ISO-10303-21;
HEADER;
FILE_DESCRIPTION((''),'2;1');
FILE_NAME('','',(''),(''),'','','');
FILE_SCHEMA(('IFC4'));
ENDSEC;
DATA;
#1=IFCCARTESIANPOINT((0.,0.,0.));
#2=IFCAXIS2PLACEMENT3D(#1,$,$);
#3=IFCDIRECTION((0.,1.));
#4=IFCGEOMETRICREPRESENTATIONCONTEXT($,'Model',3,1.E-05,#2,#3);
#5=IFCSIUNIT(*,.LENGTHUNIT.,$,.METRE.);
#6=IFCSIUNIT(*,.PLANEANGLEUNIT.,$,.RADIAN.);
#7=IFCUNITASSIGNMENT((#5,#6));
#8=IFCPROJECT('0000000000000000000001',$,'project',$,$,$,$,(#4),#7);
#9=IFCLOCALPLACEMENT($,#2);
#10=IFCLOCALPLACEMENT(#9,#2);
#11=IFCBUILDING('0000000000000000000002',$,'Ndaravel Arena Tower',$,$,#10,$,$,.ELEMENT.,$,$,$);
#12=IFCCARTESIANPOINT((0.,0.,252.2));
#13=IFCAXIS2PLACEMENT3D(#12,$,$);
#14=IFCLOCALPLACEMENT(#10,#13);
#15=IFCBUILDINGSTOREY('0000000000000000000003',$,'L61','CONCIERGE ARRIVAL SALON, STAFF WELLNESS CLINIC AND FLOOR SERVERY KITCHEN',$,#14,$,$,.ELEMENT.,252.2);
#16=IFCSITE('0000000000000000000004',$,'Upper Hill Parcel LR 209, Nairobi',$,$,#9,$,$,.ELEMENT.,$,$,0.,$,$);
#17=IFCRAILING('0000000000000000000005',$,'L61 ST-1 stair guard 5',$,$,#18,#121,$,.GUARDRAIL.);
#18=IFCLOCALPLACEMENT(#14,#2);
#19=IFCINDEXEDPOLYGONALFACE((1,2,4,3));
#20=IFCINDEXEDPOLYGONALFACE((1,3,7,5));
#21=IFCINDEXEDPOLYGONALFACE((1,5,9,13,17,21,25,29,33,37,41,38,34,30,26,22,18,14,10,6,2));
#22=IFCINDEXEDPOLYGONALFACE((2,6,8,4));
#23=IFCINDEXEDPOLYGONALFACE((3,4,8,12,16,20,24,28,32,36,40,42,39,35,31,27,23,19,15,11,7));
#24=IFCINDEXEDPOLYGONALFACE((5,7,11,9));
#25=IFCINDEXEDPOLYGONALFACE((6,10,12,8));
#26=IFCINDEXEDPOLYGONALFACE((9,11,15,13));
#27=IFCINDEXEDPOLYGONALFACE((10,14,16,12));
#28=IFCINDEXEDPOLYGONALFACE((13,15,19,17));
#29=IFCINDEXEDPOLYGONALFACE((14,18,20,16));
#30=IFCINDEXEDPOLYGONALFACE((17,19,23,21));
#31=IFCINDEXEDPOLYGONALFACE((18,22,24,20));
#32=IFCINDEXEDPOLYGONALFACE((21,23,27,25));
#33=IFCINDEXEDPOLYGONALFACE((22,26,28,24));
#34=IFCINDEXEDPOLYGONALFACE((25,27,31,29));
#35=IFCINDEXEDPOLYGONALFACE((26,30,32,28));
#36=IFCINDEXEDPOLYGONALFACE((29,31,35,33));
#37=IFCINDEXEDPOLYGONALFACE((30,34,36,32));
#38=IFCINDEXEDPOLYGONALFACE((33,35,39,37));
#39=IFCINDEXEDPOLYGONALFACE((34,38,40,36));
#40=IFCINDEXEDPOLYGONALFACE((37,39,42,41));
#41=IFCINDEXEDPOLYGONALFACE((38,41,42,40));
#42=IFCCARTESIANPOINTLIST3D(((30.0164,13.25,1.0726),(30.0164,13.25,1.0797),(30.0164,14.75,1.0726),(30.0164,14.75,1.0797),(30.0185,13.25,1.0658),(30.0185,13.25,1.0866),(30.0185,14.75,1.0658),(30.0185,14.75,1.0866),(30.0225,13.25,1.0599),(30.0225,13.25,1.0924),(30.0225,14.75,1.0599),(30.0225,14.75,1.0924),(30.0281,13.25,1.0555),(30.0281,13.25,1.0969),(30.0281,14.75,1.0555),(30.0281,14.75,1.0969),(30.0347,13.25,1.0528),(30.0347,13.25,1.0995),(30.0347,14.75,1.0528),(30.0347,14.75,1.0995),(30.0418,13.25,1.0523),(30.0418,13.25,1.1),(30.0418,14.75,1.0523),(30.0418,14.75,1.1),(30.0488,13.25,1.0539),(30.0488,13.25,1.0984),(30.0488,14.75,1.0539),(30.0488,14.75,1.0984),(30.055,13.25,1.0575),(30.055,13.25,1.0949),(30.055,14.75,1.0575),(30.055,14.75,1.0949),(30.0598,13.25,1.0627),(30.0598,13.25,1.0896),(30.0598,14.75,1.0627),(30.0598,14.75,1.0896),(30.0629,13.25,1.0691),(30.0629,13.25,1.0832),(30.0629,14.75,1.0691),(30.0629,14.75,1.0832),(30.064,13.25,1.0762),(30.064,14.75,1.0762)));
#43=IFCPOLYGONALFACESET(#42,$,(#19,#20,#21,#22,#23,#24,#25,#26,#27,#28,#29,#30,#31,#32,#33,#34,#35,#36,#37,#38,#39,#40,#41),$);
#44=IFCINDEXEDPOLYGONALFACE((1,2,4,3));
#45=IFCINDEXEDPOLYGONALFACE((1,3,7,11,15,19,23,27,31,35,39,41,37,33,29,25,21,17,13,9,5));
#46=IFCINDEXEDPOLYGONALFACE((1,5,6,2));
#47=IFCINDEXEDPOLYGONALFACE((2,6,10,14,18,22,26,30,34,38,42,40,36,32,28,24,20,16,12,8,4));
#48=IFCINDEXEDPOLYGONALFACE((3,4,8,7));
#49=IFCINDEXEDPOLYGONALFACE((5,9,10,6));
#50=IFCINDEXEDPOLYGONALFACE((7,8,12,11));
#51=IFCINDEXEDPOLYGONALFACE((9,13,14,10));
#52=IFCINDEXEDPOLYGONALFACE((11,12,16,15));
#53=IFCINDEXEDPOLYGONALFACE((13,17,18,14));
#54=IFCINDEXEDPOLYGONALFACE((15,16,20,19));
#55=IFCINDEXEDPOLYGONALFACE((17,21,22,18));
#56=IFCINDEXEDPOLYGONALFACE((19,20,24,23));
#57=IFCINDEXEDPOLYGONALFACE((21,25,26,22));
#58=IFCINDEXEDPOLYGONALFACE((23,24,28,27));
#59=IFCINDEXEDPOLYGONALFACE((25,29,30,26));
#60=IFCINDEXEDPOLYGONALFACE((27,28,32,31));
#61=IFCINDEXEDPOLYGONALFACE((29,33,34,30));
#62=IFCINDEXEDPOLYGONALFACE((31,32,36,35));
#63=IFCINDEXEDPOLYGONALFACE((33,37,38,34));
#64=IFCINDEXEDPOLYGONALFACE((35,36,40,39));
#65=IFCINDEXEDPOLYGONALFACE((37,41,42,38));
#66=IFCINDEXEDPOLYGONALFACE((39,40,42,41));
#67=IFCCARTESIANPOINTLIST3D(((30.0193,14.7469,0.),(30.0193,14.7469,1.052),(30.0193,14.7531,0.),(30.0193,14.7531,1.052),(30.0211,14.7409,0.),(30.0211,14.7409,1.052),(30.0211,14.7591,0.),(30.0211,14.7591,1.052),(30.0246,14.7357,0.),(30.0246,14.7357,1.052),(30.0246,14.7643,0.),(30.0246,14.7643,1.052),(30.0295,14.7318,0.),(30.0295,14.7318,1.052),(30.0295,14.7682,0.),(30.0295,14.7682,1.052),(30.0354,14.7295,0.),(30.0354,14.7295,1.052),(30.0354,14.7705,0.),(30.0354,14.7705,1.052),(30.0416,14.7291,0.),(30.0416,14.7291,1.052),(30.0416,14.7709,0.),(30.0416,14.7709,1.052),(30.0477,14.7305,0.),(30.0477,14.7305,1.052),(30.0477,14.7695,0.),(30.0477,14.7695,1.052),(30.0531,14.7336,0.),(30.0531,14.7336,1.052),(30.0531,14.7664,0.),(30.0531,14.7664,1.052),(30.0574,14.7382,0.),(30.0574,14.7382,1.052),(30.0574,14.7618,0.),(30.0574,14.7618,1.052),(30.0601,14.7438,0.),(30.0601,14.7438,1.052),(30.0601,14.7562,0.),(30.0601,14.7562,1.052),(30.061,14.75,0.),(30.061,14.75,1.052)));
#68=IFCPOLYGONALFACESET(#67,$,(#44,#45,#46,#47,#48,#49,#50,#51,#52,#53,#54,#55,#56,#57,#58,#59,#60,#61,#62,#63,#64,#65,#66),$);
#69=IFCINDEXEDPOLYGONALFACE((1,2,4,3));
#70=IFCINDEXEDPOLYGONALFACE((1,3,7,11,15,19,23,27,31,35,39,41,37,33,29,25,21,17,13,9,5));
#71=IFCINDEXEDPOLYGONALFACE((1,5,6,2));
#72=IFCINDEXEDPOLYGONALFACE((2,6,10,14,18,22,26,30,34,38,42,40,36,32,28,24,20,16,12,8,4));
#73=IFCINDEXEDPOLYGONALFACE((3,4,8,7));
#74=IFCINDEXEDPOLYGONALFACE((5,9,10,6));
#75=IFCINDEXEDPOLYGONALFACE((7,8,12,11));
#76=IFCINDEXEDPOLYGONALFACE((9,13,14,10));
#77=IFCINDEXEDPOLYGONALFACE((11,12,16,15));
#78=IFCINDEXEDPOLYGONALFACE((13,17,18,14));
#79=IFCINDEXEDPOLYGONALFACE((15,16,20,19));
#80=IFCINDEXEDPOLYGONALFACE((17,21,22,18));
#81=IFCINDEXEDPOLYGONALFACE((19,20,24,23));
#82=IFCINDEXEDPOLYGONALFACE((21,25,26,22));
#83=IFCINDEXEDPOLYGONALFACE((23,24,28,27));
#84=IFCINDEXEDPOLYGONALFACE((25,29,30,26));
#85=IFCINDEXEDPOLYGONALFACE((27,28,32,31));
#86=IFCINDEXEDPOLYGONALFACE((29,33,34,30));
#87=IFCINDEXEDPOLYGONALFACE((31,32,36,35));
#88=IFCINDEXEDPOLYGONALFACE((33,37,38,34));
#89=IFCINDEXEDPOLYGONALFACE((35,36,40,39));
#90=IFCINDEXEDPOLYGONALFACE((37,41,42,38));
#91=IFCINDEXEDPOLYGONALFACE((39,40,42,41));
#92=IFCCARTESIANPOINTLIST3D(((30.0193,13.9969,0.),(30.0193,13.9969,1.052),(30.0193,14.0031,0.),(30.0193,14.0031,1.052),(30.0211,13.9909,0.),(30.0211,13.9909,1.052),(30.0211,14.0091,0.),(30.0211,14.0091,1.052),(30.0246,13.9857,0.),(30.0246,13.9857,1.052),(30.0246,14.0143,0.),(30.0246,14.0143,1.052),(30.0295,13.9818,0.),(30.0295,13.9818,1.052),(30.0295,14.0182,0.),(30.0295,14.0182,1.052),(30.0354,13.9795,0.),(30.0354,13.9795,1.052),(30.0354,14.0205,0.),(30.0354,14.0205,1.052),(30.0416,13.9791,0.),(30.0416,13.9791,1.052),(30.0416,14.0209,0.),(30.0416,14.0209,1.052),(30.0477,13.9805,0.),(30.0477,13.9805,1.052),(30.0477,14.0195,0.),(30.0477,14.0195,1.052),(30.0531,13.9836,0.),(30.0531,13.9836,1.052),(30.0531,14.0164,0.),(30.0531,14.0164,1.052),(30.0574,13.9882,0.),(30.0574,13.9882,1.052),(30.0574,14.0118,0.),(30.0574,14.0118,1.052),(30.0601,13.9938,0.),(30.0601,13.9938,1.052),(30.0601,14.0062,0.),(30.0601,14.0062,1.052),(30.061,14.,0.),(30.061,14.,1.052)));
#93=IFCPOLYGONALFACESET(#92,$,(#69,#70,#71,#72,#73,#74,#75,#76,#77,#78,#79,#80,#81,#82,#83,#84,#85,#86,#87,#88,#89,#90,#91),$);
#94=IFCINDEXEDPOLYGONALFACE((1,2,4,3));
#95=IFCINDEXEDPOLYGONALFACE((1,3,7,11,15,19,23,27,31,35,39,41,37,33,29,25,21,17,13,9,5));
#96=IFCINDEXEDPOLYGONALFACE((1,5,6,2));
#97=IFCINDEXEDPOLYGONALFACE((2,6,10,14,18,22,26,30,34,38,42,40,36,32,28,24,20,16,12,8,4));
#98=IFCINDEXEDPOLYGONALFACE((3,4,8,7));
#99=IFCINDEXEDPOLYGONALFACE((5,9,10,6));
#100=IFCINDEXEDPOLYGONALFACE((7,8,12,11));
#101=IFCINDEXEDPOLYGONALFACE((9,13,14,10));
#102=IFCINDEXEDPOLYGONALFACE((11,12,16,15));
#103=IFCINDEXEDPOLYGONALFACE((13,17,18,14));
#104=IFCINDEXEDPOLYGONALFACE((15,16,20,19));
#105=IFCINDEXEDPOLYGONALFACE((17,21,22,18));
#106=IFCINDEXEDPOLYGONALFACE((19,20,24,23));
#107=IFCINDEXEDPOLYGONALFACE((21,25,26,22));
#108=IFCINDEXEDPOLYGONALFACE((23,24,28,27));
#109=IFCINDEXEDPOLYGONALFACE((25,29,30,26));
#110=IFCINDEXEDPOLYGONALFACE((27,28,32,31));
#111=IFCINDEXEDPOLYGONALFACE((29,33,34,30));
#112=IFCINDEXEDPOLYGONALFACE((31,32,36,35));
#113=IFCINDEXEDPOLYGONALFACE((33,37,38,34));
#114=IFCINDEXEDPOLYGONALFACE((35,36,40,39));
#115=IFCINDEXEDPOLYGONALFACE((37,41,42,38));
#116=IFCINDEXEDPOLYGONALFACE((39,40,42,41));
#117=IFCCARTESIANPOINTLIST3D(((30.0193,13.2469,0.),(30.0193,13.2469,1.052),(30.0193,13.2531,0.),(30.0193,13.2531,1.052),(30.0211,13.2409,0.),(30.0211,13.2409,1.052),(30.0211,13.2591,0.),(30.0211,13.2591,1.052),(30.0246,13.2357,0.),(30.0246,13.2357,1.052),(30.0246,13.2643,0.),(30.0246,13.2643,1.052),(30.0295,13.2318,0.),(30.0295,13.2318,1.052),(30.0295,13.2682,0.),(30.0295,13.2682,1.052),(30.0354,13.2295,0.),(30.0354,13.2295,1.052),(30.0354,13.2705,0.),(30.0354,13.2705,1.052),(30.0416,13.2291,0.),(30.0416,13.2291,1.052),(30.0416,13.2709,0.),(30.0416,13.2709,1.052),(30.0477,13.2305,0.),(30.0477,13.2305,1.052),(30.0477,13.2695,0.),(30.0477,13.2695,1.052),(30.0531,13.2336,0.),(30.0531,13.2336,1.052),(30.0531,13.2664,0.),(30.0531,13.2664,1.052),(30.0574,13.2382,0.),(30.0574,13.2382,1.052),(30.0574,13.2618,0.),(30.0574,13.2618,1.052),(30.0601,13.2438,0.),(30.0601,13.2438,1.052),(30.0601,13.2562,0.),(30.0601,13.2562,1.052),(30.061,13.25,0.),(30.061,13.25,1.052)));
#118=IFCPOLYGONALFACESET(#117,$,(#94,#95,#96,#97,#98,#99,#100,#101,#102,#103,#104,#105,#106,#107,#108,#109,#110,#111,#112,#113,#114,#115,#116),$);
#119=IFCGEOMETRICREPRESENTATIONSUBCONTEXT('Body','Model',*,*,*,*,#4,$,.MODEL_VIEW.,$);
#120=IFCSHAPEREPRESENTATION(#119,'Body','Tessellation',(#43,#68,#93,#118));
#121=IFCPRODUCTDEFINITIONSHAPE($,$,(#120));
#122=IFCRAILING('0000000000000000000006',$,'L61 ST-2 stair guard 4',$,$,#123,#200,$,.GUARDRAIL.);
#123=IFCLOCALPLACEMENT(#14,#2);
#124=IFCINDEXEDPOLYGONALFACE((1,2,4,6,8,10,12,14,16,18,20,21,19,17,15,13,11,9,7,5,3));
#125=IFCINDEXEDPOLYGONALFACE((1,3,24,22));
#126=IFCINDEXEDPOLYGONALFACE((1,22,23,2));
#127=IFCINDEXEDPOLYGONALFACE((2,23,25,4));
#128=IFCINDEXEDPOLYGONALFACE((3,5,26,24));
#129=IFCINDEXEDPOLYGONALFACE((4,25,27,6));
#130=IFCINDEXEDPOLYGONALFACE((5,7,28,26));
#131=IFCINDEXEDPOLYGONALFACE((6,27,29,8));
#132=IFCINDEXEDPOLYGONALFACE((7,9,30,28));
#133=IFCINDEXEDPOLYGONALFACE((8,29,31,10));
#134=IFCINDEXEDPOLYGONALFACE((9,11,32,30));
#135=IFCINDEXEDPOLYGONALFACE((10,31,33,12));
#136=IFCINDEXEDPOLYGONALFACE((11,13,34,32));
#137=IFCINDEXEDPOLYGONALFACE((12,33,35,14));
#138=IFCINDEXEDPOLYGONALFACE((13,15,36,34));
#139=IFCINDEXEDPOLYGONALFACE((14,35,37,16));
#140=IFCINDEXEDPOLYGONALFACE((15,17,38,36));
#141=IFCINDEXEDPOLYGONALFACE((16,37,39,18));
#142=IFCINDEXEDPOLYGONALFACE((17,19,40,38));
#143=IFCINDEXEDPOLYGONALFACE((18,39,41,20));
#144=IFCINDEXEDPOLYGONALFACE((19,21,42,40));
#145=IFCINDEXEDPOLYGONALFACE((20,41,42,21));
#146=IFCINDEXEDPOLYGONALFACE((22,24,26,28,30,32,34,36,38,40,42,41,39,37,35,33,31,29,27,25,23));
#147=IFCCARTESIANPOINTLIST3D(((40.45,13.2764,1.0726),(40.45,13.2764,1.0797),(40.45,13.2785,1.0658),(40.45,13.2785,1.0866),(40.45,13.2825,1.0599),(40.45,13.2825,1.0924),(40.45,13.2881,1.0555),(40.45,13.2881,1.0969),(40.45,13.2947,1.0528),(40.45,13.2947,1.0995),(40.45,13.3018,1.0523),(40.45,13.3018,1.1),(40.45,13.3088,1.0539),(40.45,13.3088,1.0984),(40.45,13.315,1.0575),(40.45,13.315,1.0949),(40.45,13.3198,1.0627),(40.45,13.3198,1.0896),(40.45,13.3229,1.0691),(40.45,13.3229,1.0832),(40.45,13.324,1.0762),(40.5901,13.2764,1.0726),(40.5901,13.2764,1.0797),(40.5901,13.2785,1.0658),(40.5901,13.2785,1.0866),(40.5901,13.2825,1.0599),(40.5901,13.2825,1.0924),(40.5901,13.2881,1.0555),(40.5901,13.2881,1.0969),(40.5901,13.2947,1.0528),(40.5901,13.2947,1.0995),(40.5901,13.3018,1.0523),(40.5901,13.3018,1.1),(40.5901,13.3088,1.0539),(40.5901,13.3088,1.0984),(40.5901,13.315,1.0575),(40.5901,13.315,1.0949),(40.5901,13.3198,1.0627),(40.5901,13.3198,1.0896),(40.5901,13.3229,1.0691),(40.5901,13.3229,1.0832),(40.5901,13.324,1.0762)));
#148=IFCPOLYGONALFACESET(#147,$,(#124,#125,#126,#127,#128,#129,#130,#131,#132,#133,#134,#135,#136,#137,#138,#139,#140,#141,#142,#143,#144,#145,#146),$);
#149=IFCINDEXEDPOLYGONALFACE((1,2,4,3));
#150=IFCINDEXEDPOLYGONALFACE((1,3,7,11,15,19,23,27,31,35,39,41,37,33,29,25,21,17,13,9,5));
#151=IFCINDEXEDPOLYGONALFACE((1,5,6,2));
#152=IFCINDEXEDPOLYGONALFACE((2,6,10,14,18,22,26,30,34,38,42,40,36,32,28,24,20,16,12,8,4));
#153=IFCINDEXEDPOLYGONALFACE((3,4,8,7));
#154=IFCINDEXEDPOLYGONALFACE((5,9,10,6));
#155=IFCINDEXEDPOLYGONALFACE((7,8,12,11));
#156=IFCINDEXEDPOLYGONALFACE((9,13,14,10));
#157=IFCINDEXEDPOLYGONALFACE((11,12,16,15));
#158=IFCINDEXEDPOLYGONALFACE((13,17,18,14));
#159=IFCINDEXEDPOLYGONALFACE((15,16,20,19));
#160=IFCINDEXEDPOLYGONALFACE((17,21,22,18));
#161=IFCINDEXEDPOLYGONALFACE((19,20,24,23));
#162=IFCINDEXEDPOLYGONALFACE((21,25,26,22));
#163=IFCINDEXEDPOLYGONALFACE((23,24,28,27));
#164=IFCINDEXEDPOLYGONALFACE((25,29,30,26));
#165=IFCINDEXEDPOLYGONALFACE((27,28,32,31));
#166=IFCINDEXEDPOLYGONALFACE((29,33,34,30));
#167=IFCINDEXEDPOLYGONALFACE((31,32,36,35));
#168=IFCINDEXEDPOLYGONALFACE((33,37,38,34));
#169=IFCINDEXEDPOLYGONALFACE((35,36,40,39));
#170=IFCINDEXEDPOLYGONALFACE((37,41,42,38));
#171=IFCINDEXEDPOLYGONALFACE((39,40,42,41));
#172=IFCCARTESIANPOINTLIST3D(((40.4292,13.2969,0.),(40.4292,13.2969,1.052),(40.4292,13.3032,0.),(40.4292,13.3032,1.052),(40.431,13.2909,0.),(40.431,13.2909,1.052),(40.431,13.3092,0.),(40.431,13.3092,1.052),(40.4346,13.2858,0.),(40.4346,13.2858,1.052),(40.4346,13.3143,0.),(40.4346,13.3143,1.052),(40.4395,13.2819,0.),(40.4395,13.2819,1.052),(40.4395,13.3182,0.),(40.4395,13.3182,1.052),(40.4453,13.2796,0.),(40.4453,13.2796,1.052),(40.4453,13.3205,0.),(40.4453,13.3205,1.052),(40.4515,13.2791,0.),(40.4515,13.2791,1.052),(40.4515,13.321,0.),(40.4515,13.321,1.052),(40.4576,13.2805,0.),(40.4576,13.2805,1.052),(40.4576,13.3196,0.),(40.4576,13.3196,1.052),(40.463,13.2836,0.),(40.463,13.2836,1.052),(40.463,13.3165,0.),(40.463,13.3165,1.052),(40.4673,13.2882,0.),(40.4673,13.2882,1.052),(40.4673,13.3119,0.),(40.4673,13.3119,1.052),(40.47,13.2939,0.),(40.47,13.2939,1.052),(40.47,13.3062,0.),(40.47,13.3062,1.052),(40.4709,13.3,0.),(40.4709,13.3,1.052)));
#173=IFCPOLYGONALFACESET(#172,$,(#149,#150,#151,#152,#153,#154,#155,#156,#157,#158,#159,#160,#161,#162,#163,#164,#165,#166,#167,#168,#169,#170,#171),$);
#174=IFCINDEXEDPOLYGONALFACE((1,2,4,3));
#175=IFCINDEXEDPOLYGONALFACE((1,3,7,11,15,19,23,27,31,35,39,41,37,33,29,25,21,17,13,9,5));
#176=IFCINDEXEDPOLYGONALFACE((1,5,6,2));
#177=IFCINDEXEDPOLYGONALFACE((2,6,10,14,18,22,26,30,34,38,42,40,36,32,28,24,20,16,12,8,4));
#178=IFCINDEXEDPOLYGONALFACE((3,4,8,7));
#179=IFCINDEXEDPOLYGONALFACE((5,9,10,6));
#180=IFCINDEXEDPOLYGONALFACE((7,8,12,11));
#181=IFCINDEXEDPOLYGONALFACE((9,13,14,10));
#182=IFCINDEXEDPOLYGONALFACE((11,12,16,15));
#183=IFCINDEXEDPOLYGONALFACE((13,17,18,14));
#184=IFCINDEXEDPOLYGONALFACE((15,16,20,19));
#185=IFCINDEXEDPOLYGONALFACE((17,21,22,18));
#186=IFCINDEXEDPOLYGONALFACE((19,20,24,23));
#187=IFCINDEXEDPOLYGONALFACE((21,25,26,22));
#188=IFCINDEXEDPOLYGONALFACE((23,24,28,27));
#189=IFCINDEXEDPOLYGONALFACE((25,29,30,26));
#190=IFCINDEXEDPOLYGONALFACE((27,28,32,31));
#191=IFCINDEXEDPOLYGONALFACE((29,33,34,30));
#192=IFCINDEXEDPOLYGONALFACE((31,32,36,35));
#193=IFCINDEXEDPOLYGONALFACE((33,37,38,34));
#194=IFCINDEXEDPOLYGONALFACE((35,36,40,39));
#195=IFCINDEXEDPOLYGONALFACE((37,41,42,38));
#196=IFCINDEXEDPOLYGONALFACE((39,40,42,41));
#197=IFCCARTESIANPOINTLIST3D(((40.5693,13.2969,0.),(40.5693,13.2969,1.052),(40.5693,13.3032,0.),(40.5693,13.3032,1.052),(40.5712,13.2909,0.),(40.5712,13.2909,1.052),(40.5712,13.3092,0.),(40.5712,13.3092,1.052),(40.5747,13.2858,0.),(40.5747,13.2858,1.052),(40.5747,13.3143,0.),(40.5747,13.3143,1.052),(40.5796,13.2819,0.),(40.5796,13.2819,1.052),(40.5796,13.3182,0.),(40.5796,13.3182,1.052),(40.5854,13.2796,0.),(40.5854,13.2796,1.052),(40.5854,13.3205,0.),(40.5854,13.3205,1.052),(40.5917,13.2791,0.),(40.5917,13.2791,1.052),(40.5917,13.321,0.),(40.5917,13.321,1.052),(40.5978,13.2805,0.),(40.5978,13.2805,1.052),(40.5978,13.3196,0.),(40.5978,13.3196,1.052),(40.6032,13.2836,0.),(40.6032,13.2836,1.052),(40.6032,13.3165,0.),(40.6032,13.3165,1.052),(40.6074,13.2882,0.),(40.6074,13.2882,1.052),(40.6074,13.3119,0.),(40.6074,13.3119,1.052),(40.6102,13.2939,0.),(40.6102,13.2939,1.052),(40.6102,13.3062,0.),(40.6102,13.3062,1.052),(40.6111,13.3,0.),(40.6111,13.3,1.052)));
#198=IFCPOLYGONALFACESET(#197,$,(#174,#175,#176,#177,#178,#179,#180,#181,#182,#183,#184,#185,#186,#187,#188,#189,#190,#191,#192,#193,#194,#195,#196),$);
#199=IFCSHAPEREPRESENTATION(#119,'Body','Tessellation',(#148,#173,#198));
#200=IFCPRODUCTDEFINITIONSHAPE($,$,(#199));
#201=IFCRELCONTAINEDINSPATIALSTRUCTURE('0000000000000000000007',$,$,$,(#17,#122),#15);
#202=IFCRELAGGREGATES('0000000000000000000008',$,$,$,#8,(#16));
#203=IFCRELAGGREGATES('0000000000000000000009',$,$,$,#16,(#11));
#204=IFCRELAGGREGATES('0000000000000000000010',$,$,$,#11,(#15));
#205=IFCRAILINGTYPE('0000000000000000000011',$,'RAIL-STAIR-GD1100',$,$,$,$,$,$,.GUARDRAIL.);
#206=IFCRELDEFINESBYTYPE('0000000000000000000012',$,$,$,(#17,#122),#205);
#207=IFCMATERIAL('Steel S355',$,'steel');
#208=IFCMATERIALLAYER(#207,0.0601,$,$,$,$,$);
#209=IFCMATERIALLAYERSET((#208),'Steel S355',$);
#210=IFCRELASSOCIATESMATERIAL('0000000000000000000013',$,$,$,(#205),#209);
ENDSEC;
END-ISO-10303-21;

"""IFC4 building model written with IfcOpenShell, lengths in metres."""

from ifc_helpers import new_model, si_unit, direction, frame, origin, origin_2d, place, context, subcontext, project, spatial, circle, extrude, material, layer, layer_set, type_object, element, save


model = new_model("IFC4")

# Units and contexts
model_context = context("Model", 3, precision=1e-05, world=origin(), true_north=direction((0.0, 1.0)))
body_context = subcontext(model_context, "Body", "Model", "MODEL_VIEW")
ifc_project = project(units=[si_unit("LENGTHUNIT", "METRE"), si_unit("PLANEANGLEUNIT", "RADIAN")], contexts=[model_context])

# Site, building, storey
site_placement = place(None, origin())
site = spatial("IfcSite", under=ifc_project, at=site_placement, Name="Upper Hill Parcel LR 209, Nairobi", CompositionType="ELEMENT", RefElevation=0.0)
building_placement = place(site_placement, origin())
building = spatial("IfcBuilding", under=site, at=building_placement, Name="Ndaravel Arena Tower", CompositionType="ELEMENT")
storey_placement = place(building_placement, frame((0.0, 0.0, 252.2)))
storey = spatial("IfcBuildingStorey", under=building, at=storey_placement, Name="L61", Description="CONCIERGE ARRIVAL SALON, STAFF WELLNESS CLINIC AND FLOOR SERVERY KITCHEN", CompositionType="ELEMENT", Elevation=252.2)

# Railings
ifc_material_1 = material(Name="Steel S355", Category="steel")
ifc_layer_1 = layer(ifc_material_1, 0.0601)
ifc_layer_set_1 = layer_set([ifc_layer_1], Name="Steel S355")
railing_type = type_object("IfcRailingType", Name="RAIL-STAIR-GD1100", PredefinedType="GUARDRAIL", material=ifc_layer_set_1)
railing_1_placement = place(storey_placement, frame((30.04, 14.75, 0.0)))
element("IfcRailing", 1, at=railing_1_placement, inside=storey, type_object=railing_type, Name="L61 ST-1 stair guard 5", PredefinedType="GUARDRAIL", context=body_context, shape_type="SweptSolid", body=[
    extrude(circle(Radius=0.0239, at=origin_2d()), frame((0.0, 0.0, 1.0762), z_axis=(0.0, -1.0, 0.0), x_axis=(1.0, 0.0, 0.0)), (0.0, 0.0, 1.0), 1.5),
    extrude(circle(Radius=0.021, at=origin_2d()), origin(), (0.0, 0.0, 1.0), 1.052),
    extrude(circle(Radius=0.021, at=origin_2d()), frame((0.0, -0.75, 0.0)), (0.0, 0.0, 1.0), 1.052),
    extrude(circle(Radius=0.021, at=origin_2d()), frame((0.0, -1.5, 0.0)), (0.0, 0.0, 1.0), 1.052),
])
railing_2_placement = place(storey_placement, frame((40.45, 13.3, 0.0)))
element("IfcRailing", 2, at=railing_2_placement, inside=storey, type_object=railing_type, Name="L61 ST-2 stair guard 4", PredefinedType="GUARDRAIL", context=body_context, shape_type="SweptSolid", body=[
    extrude(circle(Radius=0.0239, at=origin_2d()), frame((0.0, 0.0, 1.0762), z_axis=(1.0, 0.0, 0.0), x_axis=(0.0, 1.0, 0.0)), (0.0, 0.0, 1.0), 0.1401),
    extrude(circle(Radius=0.021, at=origin_2d()), origin(), (0.0, 0.0, 1.0), 1.052),
    extrude(circle(Radius=0.021, at=origin_2d()), frame((0.1401, 0.0, 0.0)), (0.0, 0.0, 1.0), 1.052),
])

save(model, "model.ifc")
